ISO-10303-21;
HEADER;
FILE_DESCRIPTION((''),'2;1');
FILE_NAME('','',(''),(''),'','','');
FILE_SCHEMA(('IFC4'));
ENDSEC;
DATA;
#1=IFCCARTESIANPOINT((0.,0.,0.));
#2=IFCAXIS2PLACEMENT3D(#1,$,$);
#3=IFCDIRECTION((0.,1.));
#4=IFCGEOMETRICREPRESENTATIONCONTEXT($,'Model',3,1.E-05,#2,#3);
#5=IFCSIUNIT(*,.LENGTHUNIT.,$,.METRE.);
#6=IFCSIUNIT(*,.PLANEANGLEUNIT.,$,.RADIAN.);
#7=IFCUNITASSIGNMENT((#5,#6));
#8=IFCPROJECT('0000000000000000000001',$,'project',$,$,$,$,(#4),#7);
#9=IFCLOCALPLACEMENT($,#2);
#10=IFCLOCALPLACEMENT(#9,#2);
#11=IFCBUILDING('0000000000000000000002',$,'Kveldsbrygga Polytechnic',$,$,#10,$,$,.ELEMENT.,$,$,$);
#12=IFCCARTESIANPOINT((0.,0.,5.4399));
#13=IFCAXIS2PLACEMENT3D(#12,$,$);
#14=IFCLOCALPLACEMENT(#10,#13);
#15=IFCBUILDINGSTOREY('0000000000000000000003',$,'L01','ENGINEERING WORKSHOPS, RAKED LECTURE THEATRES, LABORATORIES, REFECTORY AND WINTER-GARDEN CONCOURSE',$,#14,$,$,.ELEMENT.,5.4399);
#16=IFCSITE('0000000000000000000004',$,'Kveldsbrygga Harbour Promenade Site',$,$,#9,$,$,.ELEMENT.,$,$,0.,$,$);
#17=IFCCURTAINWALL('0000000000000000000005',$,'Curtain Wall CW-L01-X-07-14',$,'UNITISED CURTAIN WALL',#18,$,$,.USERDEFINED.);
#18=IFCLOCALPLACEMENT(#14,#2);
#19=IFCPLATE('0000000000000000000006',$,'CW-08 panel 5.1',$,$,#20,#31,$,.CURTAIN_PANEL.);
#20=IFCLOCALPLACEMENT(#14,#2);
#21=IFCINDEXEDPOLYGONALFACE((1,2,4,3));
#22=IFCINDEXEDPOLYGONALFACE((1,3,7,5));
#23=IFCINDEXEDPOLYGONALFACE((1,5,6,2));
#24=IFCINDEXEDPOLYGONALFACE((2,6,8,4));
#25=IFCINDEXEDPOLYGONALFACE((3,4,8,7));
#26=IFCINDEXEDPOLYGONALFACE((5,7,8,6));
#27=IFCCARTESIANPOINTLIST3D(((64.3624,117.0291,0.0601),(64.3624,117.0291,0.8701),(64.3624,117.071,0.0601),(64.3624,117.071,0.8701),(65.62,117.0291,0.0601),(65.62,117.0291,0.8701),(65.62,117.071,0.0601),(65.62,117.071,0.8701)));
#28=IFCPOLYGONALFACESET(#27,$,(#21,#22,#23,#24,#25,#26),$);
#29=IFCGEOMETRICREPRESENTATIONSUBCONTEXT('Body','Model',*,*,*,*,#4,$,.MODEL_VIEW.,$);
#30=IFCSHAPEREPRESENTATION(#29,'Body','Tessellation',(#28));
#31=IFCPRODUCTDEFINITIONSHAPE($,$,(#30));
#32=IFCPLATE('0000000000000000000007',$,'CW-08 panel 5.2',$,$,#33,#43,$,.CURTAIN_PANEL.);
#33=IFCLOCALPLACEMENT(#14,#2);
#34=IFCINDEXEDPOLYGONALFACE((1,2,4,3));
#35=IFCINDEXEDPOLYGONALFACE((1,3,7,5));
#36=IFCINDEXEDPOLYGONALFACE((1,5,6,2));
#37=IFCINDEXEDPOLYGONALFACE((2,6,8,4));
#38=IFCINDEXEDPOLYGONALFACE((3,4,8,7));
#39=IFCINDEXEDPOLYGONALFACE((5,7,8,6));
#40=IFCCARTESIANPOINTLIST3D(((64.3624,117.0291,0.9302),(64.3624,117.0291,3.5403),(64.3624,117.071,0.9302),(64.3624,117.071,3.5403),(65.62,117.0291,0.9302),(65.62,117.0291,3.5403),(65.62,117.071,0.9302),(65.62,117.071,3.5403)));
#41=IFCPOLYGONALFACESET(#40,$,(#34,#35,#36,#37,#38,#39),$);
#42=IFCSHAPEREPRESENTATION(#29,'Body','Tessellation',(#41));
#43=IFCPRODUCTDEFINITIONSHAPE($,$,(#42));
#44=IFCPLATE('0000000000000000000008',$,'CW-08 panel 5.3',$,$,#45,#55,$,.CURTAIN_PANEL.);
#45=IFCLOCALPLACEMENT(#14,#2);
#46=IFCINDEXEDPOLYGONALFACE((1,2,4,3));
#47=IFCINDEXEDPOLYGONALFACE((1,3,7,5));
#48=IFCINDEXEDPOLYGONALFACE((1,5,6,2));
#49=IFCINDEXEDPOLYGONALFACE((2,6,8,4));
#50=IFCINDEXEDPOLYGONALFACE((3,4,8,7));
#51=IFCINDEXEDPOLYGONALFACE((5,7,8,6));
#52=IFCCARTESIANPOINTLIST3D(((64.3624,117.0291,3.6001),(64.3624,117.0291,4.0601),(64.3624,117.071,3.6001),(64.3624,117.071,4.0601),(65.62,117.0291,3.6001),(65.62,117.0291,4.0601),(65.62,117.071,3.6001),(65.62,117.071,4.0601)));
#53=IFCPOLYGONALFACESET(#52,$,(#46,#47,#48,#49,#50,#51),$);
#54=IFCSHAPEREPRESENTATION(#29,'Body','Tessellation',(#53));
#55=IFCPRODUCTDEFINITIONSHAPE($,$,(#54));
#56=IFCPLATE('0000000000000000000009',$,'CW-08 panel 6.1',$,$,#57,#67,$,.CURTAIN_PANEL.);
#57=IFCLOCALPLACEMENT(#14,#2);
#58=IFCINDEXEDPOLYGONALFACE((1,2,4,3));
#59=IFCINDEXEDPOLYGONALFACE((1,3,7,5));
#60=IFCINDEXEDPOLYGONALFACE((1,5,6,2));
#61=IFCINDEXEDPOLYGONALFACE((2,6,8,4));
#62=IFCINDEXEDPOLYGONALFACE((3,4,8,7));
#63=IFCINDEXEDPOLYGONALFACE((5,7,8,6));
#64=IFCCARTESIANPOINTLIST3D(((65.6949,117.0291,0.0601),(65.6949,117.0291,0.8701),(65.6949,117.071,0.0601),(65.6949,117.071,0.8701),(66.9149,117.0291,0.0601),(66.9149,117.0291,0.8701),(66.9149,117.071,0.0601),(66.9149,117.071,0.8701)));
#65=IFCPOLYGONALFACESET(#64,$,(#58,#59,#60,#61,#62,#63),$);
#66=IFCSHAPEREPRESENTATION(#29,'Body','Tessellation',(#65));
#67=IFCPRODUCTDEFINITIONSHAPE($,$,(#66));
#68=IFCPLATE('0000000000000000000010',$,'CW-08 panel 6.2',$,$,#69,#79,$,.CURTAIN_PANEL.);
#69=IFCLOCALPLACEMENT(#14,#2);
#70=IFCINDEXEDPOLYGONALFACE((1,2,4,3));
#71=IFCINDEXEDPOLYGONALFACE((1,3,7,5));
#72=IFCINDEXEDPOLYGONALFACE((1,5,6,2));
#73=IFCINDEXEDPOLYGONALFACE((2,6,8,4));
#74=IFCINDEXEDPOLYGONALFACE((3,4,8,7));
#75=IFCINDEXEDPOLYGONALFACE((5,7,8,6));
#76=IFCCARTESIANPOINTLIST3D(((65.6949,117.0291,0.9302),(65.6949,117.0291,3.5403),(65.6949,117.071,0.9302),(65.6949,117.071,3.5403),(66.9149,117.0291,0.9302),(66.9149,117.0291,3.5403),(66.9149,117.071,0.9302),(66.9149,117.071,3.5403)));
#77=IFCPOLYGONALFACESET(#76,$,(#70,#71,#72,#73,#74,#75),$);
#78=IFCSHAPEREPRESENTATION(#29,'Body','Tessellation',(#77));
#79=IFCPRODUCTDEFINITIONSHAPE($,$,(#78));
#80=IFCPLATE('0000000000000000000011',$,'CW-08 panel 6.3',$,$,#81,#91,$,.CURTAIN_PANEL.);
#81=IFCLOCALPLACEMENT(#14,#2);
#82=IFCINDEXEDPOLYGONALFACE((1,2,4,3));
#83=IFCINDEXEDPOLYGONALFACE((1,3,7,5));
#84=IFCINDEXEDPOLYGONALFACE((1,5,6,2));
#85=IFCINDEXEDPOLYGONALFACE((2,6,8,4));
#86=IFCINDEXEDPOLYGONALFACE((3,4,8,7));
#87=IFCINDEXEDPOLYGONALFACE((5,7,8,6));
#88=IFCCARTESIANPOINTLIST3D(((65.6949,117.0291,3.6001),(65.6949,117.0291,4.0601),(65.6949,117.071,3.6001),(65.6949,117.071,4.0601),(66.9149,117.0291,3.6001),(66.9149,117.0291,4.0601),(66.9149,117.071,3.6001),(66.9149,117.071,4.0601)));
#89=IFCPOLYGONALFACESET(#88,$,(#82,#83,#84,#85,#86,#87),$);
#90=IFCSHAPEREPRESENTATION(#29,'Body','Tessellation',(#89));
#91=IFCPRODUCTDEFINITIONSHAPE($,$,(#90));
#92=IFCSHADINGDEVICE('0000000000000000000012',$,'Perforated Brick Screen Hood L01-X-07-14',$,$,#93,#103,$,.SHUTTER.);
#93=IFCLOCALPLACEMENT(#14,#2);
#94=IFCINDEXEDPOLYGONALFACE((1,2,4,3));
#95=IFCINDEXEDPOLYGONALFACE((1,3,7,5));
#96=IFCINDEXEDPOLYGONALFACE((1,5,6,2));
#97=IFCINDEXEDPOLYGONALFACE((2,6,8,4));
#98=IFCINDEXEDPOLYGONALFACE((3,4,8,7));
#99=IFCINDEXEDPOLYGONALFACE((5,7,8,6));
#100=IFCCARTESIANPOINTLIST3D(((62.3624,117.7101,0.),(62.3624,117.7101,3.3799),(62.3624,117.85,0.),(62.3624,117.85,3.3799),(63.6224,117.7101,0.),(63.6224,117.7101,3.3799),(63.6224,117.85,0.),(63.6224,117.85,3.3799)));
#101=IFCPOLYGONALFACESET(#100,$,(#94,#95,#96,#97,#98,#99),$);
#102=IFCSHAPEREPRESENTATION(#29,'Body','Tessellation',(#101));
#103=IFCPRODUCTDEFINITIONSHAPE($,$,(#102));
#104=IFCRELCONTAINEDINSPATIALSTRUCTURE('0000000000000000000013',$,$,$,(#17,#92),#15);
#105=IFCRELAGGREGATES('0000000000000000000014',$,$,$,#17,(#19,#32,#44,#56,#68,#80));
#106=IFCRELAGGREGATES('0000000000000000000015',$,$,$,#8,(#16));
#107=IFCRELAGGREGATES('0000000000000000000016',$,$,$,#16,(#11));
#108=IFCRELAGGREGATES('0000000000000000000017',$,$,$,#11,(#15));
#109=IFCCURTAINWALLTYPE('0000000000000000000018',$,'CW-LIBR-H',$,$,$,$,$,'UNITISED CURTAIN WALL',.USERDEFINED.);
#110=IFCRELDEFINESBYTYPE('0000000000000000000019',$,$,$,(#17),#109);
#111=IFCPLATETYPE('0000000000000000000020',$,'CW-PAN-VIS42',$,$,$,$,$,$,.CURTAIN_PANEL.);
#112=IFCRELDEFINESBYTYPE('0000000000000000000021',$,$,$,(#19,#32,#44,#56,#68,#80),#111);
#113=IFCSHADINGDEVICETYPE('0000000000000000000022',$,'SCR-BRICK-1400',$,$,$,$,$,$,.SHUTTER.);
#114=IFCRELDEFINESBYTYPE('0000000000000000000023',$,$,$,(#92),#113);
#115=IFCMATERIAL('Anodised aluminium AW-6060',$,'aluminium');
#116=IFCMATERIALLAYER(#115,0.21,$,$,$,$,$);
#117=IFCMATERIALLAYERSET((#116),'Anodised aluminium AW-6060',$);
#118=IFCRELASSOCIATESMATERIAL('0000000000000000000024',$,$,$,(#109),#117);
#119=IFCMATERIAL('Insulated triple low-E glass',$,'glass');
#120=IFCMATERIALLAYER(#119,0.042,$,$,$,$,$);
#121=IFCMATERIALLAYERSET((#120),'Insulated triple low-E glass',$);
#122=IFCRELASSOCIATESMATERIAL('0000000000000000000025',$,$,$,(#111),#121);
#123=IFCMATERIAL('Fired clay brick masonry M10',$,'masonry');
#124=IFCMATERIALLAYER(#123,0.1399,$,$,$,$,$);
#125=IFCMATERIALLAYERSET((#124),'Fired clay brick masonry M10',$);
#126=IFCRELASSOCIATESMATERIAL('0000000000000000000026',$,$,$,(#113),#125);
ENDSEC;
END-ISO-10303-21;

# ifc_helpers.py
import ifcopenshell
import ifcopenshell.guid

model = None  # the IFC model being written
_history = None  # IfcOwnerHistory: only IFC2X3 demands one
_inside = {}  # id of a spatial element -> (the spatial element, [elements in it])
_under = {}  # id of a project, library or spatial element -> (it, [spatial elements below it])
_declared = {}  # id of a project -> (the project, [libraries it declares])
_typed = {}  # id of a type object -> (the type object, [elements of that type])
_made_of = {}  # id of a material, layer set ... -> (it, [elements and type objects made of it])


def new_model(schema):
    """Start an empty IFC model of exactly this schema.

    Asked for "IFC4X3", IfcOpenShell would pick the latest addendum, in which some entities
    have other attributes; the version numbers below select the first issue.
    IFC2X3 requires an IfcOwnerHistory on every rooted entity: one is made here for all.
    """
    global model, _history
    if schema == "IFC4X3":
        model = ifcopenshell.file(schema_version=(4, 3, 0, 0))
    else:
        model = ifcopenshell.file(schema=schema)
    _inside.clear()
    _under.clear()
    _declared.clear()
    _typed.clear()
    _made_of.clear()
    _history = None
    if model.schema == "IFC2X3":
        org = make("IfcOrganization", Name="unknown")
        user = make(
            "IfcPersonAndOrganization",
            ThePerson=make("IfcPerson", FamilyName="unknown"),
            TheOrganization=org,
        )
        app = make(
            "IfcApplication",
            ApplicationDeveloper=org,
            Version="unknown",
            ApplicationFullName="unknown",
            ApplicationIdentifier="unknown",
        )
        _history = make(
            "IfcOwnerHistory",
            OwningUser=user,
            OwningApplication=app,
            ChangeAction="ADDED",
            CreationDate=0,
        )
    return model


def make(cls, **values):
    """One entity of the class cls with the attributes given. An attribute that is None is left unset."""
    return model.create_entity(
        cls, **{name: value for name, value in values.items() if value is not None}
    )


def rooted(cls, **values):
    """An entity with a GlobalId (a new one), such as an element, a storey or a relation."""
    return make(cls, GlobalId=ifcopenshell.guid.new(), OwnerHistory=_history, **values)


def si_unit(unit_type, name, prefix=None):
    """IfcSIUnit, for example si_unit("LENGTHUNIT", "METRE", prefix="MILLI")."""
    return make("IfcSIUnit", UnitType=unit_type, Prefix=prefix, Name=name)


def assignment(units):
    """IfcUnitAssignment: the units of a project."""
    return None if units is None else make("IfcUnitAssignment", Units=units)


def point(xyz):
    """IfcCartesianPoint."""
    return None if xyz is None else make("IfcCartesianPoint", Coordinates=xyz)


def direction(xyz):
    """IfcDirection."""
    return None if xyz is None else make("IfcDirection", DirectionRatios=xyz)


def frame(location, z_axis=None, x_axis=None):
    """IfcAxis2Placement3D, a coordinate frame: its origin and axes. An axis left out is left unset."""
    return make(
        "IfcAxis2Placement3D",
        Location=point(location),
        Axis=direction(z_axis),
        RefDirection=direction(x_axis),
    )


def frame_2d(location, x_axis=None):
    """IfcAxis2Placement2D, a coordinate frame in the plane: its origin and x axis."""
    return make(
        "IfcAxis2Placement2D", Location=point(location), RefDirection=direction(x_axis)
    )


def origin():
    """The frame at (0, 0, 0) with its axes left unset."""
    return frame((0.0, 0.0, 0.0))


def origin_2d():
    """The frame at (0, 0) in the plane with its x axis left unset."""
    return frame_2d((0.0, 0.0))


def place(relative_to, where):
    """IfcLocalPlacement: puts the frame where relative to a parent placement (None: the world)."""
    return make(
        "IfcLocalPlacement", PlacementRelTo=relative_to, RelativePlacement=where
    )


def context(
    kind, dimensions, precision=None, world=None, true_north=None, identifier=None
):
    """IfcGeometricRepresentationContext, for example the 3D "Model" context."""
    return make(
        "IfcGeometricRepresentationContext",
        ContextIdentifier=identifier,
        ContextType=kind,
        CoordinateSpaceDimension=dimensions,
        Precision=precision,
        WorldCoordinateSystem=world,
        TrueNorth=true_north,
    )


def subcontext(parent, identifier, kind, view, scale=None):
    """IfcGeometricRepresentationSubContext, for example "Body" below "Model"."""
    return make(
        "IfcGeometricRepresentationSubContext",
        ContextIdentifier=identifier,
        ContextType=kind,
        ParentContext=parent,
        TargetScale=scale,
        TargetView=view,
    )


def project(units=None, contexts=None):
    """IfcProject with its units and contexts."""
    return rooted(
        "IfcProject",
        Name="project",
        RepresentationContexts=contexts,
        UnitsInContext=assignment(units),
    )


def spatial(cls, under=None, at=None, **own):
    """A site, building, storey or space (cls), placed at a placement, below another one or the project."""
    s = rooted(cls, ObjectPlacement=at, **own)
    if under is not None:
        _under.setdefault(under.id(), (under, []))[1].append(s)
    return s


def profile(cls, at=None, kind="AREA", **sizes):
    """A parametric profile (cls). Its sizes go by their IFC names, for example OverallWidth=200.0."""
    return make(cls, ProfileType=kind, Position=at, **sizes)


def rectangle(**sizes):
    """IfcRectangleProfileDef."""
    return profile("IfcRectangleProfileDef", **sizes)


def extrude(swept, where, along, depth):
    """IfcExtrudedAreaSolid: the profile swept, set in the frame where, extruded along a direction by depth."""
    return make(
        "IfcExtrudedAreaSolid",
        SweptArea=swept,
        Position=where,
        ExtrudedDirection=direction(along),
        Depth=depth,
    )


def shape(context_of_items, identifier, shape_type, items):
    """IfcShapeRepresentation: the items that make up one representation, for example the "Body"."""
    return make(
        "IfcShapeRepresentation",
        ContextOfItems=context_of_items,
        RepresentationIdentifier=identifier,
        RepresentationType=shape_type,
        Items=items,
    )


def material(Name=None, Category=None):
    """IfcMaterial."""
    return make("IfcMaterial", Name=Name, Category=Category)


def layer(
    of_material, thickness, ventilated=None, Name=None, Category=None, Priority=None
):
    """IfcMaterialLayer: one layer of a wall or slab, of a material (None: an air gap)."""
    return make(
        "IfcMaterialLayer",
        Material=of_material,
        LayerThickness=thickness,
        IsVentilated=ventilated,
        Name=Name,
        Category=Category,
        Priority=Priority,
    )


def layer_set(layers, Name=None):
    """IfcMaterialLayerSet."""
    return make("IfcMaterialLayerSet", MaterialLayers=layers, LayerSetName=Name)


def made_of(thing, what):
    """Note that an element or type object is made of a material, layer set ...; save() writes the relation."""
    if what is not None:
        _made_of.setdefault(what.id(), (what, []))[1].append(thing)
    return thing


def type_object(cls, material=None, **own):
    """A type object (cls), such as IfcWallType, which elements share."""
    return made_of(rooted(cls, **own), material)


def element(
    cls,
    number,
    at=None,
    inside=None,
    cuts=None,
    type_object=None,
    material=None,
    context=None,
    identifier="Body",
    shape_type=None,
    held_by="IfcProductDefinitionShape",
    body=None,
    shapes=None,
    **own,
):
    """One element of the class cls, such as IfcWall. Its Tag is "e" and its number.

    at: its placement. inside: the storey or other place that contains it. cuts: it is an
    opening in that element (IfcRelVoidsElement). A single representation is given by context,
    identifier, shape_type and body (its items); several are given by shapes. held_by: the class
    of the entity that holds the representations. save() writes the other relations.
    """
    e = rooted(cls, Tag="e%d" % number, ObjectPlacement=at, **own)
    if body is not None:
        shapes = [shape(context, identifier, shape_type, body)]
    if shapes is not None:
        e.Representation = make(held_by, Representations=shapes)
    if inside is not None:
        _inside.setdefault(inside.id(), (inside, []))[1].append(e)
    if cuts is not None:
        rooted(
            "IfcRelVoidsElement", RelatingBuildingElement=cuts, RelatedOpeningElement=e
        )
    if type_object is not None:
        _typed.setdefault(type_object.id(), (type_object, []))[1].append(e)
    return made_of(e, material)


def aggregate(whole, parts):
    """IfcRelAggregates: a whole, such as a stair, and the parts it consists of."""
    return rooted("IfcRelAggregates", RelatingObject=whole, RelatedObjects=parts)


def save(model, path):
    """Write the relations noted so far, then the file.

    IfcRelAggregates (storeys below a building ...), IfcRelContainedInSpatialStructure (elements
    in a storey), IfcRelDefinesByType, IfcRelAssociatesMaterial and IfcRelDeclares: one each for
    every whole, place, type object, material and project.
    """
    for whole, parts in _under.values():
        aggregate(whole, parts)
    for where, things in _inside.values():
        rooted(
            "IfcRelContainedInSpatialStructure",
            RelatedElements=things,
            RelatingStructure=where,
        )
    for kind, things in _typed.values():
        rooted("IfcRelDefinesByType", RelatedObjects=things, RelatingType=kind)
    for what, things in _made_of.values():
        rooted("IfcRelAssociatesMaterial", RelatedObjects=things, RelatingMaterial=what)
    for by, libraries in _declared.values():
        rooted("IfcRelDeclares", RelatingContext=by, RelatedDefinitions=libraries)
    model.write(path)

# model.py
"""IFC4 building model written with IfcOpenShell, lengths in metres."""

from ifc_helpers import new_model, si_unit, direction, frame, origin, origin_2d, place, context, subcontext, project, spatial, rectangle, extrude, material, layer, layer_set, type_object, element, aggregate, save


model = new_model("IFC4")

# Units and contexts
model_context = context("Model", 3, precision=1e-05, world=origin(), true_north=direction((0.0, 1.0)))
body_context = subcontext(model_context, "Body", "Model", "MODEL_VIEW")
ifc_project = project(units=[si_unit("LENGTHUNIT", "METRE"), si_unit("PLANEANGLEUNIT", "RADIAN")], contexts=[model_context])

# Site, building, storey
site_placement = place(None, origin())
site = spatial("IfcSite", under=ifc_project, at=site_placement, Name="Kveldsbrygga Harbour Promenade Site", CompositionType="ELEMENT", RefElevation=0.0)
building_placement = place(site_placement, origin())
building = spatial("IfcBuilding", under=site, at=building_placement, Name="Kveldsbrygga Polytechnic", CompositionType="ELEMENT")
storey_placement = place(building_placement, frame((0.0, 0.0, 5.4399)))
storey = spatial("IfcBuildingStorey", under=building, at=storey_placement, Name="L01", Description="ENGINEERING WORKSHOPS, RAKED LECTURE THEATRES, LABORATORIES, REFECTORY AND WINTER-GARDEN CONCOURSE", CompositionType="ELEMENT", Elevation=5.4399)

# Curtain wall, plates
ifc_material_1 = material(Name="Anodised aluminium AW-6060", Category="aluminium")
ifc_layer_1 = layer(ifc_material_1, 0.21)
ifc_layer_set_1 = layer_set([ifc_layer_1], Name="Anodised aluminium AW-6060")
curtain_wall_type = type_object("IfcCurtainWallType", Name="CW-LIBR-H", ElementType="UNITISED CURTAIN WALL", PredefinedType="USERDEFINED", material=ifc_layer_set_1)
curtain_wall_placement = place(storey_placement, origin())
curtain_wall = element("IfcCurtainWall", 1, at=curtain_wall_placement, inside=storey, type_object=curtain_wall_type, Name="Curtain Wall CW-L01-X-07-14", ObjectType="UNITISED CURTAIN WALL", PredefinedType="USERDEFINED")
ifc_material_2 = material(Name="Insulated triple low-E glass", Category="glass")
ifc_layer_2 = layer(ifc_material_2, 0.042)
ifc_layer_set_2 = layer_set([ifc_layer_2], Name="Insulated triple low-E glass")
plate_type = type_object("IfcPlateType", Name="CW-PAN-VIS42", PredefinedType="CURTAIN_PANEL", material=ifc_layer_set_2)
plate_1_placement = place(storey_placement, frame((64.9912, 117.05, 0.0601), z_axis=(0.0, 0.0, 1.0), x_axis=(1.0, 0.0, 0.0)))
plate_1 = element("IfcPlate", 2, at=plate_1_placement, type_object=plate_type, Name="CW-08 panel 5.1", PredefinedType="CURTAIN_PANEL", context=body_context, shape_type="SweptSolid", body=[
    extrude(rectangle(XDim=1.2576, YDim=0.042, at=origin_2d()), origin(), (0.0, 0.0, 1.0), 0.8101),
])
plate_2_placement = place(storey_placement, frame((64.9912, 117.05, 0.9302), z_axis=(0.0, 0.0, 1.0), x_axis=(1.0, 0.0, 0.0)))
plate_2 = element("IfcPlate", 3, at=plate_2_placement, type_object=plate_type, Name="CW-08 panel 5.2", PredefinedType="CURTAIN_PANEL", context=body_context, shape_type="SweptSolid", body=[
    extrude(rectangle(XDim=1.2576, YDim=0.042, at=origin_2d()), origin(), (0.0, 0.0, 1.0), 2.6101),
])
plate_3_placement = place(storey_placement, frame((64.9912, 117.05, 3.6001), z_axis=(0.0, 0.0, 1.0), x_axis=(1.0, 0.0, 0.0)))
plate_3 = element("IfcPlate", 4, at=plate_3_placement, type_object=plate_type, Name="CW-08 panel 5.3", PredefinedType="CURTAIN_PANEL", context=body_context, shape_type="SweptSolid", body=[
    extrude(rectangle(XDim=1.2576, YDim=0.042, at=origin_2d()), origin(), (0.0, 0.0, 1.0), 0.46),
])
plate_4_placement = place(storey_placement, frame((66.3049, 117.05, 0.0601), z_axis=(0.0, 0.0, 1.0), x_axis=(1.0, 0.0, 0.0)))
plate_4 = element("IfcPlate", 5, at=plate_4_placement, type_object=plate_type, Name="CW-08 panel 6.1", PredefinedType="CURTAIN_PANEL", context=body_context, shape_type="SweptSolid", body=[
    extrude(rectangle(XDim=1.22, YDim=0.042, at=origin_2d()), origin(), (0.0, 0.0, 1.0), 0.8101),
])
plate_5_placement = place(storey_placement, frame((66.3049, 117.05, 0.9302), z_axis=(0.0, 0.0, 1.0), x_axis=(1.0, 0.0, 0.0)))
plate_5 = element("IfcPlate", 6, at=plate_5_placement, type_object=plate_type, Name="CW-08 panel 6.2", PredefinedType="CURTAIN_PANEL", context=body_context, shape_type="SweptSolid", body=[
    extrude(rectangle(XDim=1.22, YDim=0.042, at=origin_2d()), origin(), (0.0, 0.0, 1.0), 2.6101),
])
plate_6_placement = place(storey_placement, frame((66.3049, 117.05, 3.6001), z_axis=(0.0, 0.0, 1.0), x_axis=(1.0, 0.0, 0.0)))
plate_6 = element("IfcPlate", 7, at=plate_6_placement, type_object=plate_type, Name="CW-08 panel 6.3", PredefinedType="CURTAIN_PANEL", context=body_context, shape_type="SweptSolid", body=[
    extrude(rectangle(XDim=1.22, YDim=0.042, at=origin_2d()), origin(), (0.0, 0.0, 1.0), 0.46),
])
aggregate(curtain_wall, [plate_1, plate_2, plate_3, plate_4, plate_5, plate_6])

# Shading device
ifc_material_3 = material(Name="Fired clay brick masonry M10", Category="masonry")
ifc_layer_3 = layer(ifc_material_3, 0.1399)
ifc_layer_set_3 = layer_set([ifc_layer_3], Name="Fired clay brick masonry M10")
shading_device_type = type_object("IfcShadingDeviceType", Name="SCR-BRICK-1400", PredefinedType="SHUTTER", material=ifc_layer_set_3)
shading_device_placement = place(storey_placement, frame((62.9924, 117.78, 0.0), z_axis=(0.0, 0.0, 1.0), x_axis=(1.0, 0.0, 0.0)))
element("IfcShadingDevice", 8, at=shading_device_placement, inside=storey, type_object=shading_device_type, Name="Perforated Brick Screen Hood L01-X-07-14", PredefinedType="SHUTTER", context=body_context, shape_type="SweptSolid", body=[
    extrude(rectangle(XDim=1.26, YDim=0.1399, at=origin_2d()), origin(), (0.0, 0.0, 1.0), 3.3799),
])

save(model, "model.ifc")
